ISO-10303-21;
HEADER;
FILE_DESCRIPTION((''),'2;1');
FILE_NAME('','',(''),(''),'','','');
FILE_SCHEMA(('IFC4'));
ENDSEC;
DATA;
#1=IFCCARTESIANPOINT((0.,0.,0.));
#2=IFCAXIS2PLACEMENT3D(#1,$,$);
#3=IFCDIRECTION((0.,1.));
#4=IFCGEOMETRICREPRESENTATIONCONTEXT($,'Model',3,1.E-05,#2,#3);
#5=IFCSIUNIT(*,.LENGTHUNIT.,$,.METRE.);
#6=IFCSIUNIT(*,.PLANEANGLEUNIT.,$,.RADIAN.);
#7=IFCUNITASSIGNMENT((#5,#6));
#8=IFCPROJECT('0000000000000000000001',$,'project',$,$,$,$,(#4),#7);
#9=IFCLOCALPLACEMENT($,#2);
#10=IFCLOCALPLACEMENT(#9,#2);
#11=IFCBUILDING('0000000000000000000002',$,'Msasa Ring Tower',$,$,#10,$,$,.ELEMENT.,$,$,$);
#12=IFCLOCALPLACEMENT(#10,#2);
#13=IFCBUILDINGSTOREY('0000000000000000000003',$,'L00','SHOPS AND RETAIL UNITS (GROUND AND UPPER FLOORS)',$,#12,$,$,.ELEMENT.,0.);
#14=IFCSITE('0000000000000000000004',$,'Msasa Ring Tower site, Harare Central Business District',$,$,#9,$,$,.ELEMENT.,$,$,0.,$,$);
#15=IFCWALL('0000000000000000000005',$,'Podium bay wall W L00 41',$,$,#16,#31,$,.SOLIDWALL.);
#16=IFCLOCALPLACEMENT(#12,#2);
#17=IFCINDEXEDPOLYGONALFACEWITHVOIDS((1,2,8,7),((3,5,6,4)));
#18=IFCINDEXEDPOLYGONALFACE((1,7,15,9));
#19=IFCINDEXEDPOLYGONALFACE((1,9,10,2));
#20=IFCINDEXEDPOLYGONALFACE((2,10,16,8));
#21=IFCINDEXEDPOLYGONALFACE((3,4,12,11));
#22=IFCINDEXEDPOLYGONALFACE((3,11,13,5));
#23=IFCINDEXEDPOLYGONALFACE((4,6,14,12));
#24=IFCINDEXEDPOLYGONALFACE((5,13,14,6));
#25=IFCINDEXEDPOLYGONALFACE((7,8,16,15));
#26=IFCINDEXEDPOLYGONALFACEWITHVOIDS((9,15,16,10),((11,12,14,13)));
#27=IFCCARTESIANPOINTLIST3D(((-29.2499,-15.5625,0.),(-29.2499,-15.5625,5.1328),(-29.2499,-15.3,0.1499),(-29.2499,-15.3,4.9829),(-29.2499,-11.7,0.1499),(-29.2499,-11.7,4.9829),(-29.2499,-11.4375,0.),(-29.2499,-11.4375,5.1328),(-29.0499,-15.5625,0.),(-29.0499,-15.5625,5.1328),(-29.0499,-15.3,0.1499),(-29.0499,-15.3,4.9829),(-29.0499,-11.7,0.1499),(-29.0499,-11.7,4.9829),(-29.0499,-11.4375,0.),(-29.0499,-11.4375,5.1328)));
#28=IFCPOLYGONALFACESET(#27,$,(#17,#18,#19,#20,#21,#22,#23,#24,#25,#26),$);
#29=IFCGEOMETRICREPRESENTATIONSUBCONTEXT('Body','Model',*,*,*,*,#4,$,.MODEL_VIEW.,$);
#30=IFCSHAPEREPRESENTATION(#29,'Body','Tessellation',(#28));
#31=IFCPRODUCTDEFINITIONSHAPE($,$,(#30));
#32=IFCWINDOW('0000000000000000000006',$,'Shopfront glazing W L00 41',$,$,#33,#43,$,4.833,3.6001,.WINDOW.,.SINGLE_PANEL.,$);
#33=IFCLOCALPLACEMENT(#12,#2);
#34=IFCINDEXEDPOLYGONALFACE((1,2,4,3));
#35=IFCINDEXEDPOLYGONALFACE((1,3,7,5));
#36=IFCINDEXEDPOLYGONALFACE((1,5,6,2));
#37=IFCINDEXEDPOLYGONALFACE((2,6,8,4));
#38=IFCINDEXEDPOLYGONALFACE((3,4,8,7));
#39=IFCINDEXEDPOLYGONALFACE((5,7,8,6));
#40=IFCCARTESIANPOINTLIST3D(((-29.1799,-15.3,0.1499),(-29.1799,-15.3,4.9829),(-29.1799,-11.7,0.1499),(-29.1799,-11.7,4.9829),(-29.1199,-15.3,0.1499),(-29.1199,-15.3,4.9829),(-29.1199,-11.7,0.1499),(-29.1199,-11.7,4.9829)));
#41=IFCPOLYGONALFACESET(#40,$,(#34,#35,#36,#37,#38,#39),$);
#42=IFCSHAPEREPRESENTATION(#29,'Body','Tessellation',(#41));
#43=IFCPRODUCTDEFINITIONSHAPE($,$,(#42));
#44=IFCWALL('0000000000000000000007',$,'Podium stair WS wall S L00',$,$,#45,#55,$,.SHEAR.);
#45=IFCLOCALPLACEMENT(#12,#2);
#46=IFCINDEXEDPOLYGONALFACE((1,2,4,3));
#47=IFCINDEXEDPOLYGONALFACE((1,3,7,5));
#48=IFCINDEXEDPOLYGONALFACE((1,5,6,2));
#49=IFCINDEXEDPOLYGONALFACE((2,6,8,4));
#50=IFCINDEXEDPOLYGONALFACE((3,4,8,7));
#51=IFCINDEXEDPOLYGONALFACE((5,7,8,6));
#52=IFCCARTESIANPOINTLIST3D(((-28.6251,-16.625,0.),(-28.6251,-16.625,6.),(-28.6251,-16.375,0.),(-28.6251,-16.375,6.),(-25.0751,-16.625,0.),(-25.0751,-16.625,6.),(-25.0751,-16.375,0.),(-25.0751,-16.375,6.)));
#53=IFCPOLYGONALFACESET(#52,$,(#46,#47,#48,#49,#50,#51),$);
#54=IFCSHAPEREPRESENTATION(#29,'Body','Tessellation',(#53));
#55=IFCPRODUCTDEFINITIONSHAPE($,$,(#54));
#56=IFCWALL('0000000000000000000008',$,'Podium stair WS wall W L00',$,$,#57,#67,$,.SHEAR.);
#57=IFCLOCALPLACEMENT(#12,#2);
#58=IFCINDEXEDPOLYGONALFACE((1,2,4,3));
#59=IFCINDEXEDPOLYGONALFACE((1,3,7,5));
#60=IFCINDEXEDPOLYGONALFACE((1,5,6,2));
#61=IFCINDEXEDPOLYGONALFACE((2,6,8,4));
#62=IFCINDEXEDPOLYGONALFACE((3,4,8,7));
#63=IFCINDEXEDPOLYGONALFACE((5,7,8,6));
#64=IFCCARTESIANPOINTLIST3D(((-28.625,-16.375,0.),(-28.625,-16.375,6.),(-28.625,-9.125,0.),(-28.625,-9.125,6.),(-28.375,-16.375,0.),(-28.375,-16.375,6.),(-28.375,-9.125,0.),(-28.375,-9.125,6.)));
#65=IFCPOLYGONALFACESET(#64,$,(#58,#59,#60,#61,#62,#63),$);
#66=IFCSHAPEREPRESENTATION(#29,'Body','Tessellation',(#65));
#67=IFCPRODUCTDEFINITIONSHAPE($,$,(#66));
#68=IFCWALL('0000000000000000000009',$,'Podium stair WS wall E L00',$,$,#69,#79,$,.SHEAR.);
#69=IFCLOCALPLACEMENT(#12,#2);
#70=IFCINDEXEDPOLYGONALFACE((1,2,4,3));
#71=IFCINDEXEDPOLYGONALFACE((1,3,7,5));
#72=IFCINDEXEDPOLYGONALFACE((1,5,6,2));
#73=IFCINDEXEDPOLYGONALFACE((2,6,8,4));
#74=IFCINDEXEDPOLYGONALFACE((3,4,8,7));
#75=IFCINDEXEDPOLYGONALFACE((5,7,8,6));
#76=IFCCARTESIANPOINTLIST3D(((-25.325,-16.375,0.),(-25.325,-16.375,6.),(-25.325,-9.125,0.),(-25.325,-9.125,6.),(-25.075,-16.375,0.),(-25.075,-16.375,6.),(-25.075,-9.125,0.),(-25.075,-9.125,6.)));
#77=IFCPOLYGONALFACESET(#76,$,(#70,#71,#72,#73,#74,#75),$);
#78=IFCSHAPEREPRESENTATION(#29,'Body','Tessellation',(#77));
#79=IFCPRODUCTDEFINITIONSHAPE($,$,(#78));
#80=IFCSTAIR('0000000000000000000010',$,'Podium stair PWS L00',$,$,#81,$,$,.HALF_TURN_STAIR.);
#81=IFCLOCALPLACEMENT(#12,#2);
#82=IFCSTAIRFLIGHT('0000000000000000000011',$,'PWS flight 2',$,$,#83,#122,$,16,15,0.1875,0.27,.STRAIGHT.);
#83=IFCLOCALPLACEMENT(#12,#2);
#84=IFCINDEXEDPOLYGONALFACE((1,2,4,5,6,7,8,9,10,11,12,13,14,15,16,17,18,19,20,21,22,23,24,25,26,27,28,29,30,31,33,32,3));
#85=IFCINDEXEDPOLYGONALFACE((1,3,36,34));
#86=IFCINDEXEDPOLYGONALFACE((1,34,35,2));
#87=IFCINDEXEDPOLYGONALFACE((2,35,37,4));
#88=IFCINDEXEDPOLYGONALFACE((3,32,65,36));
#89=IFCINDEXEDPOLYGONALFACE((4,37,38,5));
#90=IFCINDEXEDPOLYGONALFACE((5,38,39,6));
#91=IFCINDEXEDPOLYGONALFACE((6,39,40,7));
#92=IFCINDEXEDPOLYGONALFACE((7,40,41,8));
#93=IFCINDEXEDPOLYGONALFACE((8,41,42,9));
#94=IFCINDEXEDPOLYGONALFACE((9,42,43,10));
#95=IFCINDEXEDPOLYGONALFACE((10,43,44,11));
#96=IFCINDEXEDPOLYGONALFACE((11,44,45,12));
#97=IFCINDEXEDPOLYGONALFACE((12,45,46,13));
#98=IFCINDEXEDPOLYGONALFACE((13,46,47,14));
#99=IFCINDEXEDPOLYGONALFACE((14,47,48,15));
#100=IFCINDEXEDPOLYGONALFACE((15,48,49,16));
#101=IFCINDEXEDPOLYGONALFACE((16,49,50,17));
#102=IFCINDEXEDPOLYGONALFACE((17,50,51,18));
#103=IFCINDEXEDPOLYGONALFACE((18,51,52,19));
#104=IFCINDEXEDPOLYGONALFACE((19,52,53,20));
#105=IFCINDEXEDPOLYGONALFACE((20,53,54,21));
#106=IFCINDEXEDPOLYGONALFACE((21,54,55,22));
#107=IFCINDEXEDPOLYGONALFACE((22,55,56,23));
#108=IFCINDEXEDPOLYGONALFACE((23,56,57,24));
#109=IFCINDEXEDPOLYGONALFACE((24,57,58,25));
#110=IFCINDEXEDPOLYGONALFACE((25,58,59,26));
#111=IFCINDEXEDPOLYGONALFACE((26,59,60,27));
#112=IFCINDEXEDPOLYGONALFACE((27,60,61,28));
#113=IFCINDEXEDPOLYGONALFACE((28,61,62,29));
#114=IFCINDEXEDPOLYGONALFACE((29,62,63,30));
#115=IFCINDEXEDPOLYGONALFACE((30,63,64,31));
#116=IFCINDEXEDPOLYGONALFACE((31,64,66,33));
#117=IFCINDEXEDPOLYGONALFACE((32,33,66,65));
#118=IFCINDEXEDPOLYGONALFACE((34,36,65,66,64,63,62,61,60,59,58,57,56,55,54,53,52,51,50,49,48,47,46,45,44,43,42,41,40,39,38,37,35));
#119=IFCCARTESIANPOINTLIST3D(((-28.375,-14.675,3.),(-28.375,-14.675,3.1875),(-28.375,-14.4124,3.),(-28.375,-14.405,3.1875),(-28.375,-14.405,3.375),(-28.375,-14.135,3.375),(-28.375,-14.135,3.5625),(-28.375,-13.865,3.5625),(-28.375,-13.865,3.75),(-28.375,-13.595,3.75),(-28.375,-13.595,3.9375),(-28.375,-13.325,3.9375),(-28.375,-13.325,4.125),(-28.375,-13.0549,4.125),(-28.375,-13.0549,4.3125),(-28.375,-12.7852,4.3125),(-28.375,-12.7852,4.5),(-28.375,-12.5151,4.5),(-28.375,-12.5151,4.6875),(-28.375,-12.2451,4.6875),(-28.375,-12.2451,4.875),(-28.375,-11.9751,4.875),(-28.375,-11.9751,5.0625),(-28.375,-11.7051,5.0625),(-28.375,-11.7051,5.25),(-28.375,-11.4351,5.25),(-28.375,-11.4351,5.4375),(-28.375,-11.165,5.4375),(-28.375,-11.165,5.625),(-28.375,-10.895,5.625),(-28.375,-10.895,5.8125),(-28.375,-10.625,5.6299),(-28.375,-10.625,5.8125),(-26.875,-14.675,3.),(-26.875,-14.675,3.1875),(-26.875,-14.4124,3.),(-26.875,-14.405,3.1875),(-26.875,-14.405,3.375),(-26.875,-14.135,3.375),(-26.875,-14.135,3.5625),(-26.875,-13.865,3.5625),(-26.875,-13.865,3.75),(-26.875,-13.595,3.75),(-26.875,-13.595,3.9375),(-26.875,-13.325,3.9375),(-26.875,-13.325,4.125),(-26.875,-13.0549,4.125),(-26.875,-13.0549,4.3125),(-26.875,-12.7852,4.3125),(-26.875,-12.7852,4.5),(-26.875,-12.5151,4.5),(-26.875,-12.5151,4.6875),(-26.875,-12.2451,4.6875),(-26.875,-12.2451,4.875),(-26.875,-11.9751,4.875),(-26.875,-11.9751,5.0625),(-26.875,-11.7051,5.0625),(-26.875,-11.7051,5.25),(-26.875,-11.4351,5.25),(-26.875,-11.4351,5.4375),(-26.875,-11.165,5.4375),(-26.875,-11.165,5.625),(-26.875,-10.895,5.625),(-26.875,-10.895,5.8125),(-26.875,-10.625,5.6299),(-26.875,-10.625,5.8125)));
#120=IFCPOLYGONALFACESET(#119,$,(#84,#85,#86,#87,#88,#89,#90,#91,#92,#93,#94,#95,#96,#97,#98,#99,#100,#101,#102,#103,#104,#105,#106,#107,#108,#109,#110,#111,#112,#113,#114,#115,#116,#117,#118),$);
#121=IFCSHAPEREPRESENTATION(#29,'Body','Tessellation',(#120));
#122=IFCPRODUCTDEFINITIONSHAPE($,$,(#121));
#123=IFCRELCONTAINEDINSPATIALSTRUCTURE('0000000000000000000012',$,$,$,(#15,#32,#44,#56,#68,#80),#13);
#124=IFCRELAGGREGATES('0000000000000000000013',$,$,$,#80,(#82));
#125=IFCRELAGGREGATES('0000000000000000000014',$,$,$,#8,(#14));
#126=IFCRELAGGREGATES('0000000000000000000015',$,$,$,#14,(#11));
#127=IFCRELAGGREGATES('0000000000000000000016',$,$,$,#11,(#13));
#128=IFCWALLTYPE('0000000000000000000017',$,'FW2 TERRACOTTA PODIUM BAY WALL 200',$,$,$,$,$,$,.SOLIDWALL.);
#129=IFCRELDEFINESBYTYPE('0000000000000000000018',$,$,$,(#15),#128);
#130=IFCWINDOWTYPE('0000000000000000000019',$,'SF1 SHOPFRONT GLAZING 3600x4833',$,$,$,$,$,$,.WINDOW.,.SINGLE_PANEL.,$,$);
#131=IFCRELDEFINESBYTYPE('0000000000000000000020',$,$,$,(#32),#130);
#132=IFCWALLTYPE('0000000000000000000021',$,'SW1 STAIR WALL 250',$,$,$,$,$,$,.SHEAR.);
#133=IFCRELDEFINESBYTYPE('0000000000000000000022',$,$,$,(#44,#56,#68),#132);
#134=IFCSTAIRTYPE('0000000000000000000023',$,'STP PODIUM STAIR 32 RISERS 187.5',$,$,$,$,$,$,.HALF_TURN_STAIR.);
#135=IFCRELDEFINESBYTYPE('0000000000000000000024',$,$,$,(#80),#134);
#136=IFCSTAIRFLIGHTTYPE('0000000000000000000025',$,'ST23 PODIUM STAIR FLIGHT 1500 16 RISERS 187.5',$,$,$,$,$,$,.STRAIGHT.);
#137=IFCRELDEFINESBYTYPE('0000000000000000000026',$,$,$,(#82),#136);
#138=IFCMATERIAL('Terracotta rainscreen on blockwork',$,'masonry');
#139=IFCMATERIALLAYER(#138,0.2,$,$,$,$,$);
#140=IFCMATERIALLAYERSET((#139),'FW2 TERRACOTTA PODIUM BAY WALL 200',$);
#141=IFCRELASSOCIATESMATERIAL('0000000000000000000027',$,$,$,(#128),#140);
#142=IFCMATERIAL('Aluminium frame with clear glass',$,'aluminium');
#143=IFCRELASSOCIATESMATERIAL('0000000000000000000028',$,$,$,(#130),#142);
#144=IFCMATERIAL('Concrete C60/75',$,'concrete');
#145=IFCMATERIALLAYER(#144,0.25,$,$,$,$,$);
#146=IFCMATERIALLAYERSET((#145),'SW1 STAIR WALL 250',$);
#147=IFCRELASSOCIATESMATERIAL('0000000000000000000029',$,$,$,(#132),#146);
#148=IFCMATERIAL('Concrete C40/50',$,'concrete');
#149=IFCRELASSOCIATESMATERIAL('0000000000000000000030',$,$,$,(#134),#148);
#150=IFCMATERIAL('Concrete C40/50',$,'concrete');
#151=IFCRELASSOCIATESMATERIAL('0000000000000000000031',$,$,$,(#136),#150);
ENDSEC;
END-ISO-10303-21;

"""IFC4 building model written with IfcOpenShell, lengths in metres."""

from ifc_helpers import new_model, si_unit, direction, frame, frame_2d, origin, place, context, subcontext, project, spatial, polyline, rectangle, outline, extrude, material, layer, layer_set, type_object, element, fill, aggregate, save


model = new_model("IFC4")

# Units and contexts
model_context = context("Model", 3, precision=1e-05, world=origin(), true_north=direction((0.0, 1.0)))
body_context = subcontext(model_context, "Body", "Model", "MODEL_VIEW")
ifc_project = project(units=[si_unit("LENGTHUNIT", "METRE"), si_unit("PLANEANGLEUNIT", "RADIAN")], contexts=[model_context])

# Site, building, storey
site_placement = place(None, origin())
site = spatial("IfcSite", under=ifc_project, at=site_placement, Name="Msasa Ring Tower site, Harare Central Business District", CompositionType="ELEMENT", RefElevation=0.0)
building_placement = place(site_placement, origin())
building = spatial("IfcBuilding", under=site, at=building_placement, Name="Msasa Ring Tower", CompositionType="ELEMENT")
storey_placement = place(building_placement, origin())
storey = spatial("IfcBuildingStorey", under=building, at=storey_placement, Name="L00", Description="SHOPS AND RETAIL UNITS (GROUND AND UPPER FLOORS)", CompositionType="ELEMENT", Elevation=0.0)

# Wall, opening, window
ifc_material_1 = material(Name="Terracotta rainscreen on blockwork", Category="masonry")
ifc_layer_1 = layer(ifc_material_1, 0.2)
ifc_layer_set_1 = layer_set([ifc_layer_1], Name="FW2 TERRACOTTA PODIUM BAY WALL 200")
wall_type_1 = type_object("IfcWallType", Name="FW2 TERRACOTTA PODIUM BAY WALL 200", PredefinedType="SOLIDWALL", material=ifc_layer_set_1)
ifc_material_2 = material(Name="Aluminium frame with clear glass", Category="aluminium")
window_type = type_object("IfcWindowType", Name="SF1 SHOPFRONT GLAZING 3600x4833", PartitioningType="SINGLE_PANEL", PredefinedType="WINDOW", material=ifc_material_2)
wall_1_placement = place(storey_placement, frame((-29.1499, -15.5625, 0.0), z_axis=(0.0, 0.0, 1.0), x_axis=(0.0, 1.0, 0.0)))
wall_1 = element("IfcWall", 1, at=wall_1_placement, inside=storey, type_object=wall_type_1, Name="Podium bay wall W L00 41", PredefinedType="SOLIDWALL", context=body_context, shape_type="SweptSolid", body=[
    extrude(rectangle(XDim=4.125, YDim=0.2, at=frame_2d((2.0625, 0.0))), origin(), (0.0, 0.0, 1.0), 5.1328),
])
opening_1_placement = place(wall_1_placement, frame((0.2625, 0.0, 0.1499)))
opening_1 = element("IfcOpeningElement", 2, at=opening_1_placement, cuts=wall_1, PredefinedType="OPENING", context=body_context, shape_type="SweptSolid", body=[
    extrude(rectangle(XDim=3.6001, YDim=4.833, at=frame_2d((1.8, 2.4165))), frame((0.0, 0.1099, 0.0), z_axis=(0.0, -1.0, 0.0), x_axis=(1.0, 0.0, 0.0)), (0.0, 0.0, 1.0), 0.22),
])
window_1_placement = place(opening_1_placement, origin())
window_1 = element("IfcWindow", 3, at=window_1_placement, inside=storey, type_object=window_type, Name="Shopfront glazing W L00 41", OverallHeight=4.833, OverallWidth=3.6001, PartitioningType="SINGLE_PANEL", PredefinedType="WINDOW", context=body_context, shape_type="SweptSolid", body=[
    extrude(rectangle(XDim=3.6001, YDim=4.833, at=frame_2d((1.8, 2.4165))), frame((0.0, 0.03, 0.0), z_axis=(0.0, -1.0, 0.0), x_axis=(1.0, 0.0, 0.0)), (0.0, 0.0, 1.0), 0.0601),
])
fill(opening_1, window_1)

# Walls
ifc_material_3 = material(Name="Concrete C60/75", Category="concrete")
ifc_layer_2 = layer(ifc_material_3, 0.25)
ifc_layer_set_2 = layer_set([ifc_layer_2], Name="SW1 STAIR WALL 250")
wall_type_2 = type_object("IfcWallType", Name="SW1 STAIR WALL 250", PredefinedType="SHEAR", material=ifc_layer_set_2)
wall_2_placement = place(storey_placement, frame((-28.625, -16.5, 0.0), z_axis=(0.0, 0.0, 1.0), x_axis=(1.0, 0.0, 0.0)))
element("IfcWall", 4, at=wall_2_placement, inside=storey, type_object=wall_type_2, Name="Podium stair WS wall S L00", PredefinedType="SHEAR", context=body_context, shape_type="SweptSolid", body=[
    extrude(rectangle(XDim=3.55, YDim=0.25, at=frame_2d((1.7749, 0.0))), origin(), (0.0, 0.0, 1.0), 6.0),
])
for number, where, z_axis, x_axis, name in (
    (5, (-28.5, -16.375, 0.0), (0.0, 0.0, 1.0), (0.0, 1.0, 0.0), "Podium stair WS wall W L00"),
    (6, (-25.2, -16.375, 0.0), (0.0, 0.0, 1.0), (0.0, 1.0, 0.0), "Podium stair WS wall E L00"),
):
    element("IfcWall", number, at=place(storey_placement, frame(where, z_axis=z_axis, x_axis=x_axis)), inside=storey, type_object=wall_type_2, Name=name, PredefinedType="SHEAR", context=body_context, shape_type="SweptSolid", body=[
        extrude(rectangle(XDim=7.25, YDim=0.25, at=frame_2d((3.625, 0.0))), origin(), (0.0, 0.0, 1.0), 6.0),
    ])

# Stair, stair flight
ifc_material_4 = material(Name="Concrete C40/50", Category="concrete")
stair_type = type_object("IfcStairType", Name="STP PODIUM STAIR 32 RISERS 187.5", PredefinedType="HALF_TURN_STAIR", material=ifc_material_4)
stair_placement = place(storey_placement, origin())
stair = element("IfcStair", 7, at=stair_placement, inside=storey, type_object=stair_type, Name="Podium stair PWS L00", PredefinedType="HALF_TURN_STAIR")
ifc_material_5 = material(Name="Concrete C40/50", Category="concrete")
stair_flight_type = type_object("IfcStairFlightType", Name="ST23 PODIUM STAIR FLIGHT 1500 16 RISERS 187.5", PredefinedType="STRAIGHT", material=ifc_material_5)
stair_flight_placement = place(storey_placement, frame((-27.625, -14.675, 3.0), z_axis=(0.0, 0.0, 1.0), x_axis=(0.0, 1.0, 0.0)))
stair_flight = element("IfcStairFlight", 8, at=stair_flight_placement, type_object=stair_flight_type, Name="PWS flight 2", NumberOfRisers=16, NumberOfTreads=15, PredefinedType="STRAIGHT", RiserHeight=0.1875, TreadLength=0.27, context=body_context, shape_type="SweptSolid", body=[
    extrude(outline(polyline([(0.0, 0.0), (0.0, 0.1875), (0.27, 0.1875), (0.27, 0.375), (0.54, 0.375), (0.54, 0.5625), (0.8101, 0.5625), (0.8101, 0.75), (1.0801, 0.75), (1.0801, 0.9375), (1.3501, 0.9375), (1.3501, 1.125), (1.6201, 1.125), (1.6201, 1.3125), (1.8899, 1.3125), (1.8899, 1.5), (2.1599, 1.5), (2.1599, 1.6875), (2.4299, 1.6875), (2.4299, 1.875), (2.7, 1.875), (2.7, 2.0625), (2.97, 2.0625), (2.97, 2.25), (3.24, 2.25), (3.24, 2.4375), (3.51, 2.4375), (3.51, 2.625), (3.78, 2.625), (3.78, 2.8125), (4.05, 2.8125), (4.05, 3.0), (4.05, 2.6299), (0.2627, 0.0), (0.0, 0.0)])), frame((0.0, 0.75, 0.0), z_axis=(0.0, -1.0, 0.0), x_axis=(1.0, 0.0, 0.0)), (0.0, 0.0, 1.0), 1.5),
])
aggregate(stair, [stair_flight])

save(model, "model.ifc")
